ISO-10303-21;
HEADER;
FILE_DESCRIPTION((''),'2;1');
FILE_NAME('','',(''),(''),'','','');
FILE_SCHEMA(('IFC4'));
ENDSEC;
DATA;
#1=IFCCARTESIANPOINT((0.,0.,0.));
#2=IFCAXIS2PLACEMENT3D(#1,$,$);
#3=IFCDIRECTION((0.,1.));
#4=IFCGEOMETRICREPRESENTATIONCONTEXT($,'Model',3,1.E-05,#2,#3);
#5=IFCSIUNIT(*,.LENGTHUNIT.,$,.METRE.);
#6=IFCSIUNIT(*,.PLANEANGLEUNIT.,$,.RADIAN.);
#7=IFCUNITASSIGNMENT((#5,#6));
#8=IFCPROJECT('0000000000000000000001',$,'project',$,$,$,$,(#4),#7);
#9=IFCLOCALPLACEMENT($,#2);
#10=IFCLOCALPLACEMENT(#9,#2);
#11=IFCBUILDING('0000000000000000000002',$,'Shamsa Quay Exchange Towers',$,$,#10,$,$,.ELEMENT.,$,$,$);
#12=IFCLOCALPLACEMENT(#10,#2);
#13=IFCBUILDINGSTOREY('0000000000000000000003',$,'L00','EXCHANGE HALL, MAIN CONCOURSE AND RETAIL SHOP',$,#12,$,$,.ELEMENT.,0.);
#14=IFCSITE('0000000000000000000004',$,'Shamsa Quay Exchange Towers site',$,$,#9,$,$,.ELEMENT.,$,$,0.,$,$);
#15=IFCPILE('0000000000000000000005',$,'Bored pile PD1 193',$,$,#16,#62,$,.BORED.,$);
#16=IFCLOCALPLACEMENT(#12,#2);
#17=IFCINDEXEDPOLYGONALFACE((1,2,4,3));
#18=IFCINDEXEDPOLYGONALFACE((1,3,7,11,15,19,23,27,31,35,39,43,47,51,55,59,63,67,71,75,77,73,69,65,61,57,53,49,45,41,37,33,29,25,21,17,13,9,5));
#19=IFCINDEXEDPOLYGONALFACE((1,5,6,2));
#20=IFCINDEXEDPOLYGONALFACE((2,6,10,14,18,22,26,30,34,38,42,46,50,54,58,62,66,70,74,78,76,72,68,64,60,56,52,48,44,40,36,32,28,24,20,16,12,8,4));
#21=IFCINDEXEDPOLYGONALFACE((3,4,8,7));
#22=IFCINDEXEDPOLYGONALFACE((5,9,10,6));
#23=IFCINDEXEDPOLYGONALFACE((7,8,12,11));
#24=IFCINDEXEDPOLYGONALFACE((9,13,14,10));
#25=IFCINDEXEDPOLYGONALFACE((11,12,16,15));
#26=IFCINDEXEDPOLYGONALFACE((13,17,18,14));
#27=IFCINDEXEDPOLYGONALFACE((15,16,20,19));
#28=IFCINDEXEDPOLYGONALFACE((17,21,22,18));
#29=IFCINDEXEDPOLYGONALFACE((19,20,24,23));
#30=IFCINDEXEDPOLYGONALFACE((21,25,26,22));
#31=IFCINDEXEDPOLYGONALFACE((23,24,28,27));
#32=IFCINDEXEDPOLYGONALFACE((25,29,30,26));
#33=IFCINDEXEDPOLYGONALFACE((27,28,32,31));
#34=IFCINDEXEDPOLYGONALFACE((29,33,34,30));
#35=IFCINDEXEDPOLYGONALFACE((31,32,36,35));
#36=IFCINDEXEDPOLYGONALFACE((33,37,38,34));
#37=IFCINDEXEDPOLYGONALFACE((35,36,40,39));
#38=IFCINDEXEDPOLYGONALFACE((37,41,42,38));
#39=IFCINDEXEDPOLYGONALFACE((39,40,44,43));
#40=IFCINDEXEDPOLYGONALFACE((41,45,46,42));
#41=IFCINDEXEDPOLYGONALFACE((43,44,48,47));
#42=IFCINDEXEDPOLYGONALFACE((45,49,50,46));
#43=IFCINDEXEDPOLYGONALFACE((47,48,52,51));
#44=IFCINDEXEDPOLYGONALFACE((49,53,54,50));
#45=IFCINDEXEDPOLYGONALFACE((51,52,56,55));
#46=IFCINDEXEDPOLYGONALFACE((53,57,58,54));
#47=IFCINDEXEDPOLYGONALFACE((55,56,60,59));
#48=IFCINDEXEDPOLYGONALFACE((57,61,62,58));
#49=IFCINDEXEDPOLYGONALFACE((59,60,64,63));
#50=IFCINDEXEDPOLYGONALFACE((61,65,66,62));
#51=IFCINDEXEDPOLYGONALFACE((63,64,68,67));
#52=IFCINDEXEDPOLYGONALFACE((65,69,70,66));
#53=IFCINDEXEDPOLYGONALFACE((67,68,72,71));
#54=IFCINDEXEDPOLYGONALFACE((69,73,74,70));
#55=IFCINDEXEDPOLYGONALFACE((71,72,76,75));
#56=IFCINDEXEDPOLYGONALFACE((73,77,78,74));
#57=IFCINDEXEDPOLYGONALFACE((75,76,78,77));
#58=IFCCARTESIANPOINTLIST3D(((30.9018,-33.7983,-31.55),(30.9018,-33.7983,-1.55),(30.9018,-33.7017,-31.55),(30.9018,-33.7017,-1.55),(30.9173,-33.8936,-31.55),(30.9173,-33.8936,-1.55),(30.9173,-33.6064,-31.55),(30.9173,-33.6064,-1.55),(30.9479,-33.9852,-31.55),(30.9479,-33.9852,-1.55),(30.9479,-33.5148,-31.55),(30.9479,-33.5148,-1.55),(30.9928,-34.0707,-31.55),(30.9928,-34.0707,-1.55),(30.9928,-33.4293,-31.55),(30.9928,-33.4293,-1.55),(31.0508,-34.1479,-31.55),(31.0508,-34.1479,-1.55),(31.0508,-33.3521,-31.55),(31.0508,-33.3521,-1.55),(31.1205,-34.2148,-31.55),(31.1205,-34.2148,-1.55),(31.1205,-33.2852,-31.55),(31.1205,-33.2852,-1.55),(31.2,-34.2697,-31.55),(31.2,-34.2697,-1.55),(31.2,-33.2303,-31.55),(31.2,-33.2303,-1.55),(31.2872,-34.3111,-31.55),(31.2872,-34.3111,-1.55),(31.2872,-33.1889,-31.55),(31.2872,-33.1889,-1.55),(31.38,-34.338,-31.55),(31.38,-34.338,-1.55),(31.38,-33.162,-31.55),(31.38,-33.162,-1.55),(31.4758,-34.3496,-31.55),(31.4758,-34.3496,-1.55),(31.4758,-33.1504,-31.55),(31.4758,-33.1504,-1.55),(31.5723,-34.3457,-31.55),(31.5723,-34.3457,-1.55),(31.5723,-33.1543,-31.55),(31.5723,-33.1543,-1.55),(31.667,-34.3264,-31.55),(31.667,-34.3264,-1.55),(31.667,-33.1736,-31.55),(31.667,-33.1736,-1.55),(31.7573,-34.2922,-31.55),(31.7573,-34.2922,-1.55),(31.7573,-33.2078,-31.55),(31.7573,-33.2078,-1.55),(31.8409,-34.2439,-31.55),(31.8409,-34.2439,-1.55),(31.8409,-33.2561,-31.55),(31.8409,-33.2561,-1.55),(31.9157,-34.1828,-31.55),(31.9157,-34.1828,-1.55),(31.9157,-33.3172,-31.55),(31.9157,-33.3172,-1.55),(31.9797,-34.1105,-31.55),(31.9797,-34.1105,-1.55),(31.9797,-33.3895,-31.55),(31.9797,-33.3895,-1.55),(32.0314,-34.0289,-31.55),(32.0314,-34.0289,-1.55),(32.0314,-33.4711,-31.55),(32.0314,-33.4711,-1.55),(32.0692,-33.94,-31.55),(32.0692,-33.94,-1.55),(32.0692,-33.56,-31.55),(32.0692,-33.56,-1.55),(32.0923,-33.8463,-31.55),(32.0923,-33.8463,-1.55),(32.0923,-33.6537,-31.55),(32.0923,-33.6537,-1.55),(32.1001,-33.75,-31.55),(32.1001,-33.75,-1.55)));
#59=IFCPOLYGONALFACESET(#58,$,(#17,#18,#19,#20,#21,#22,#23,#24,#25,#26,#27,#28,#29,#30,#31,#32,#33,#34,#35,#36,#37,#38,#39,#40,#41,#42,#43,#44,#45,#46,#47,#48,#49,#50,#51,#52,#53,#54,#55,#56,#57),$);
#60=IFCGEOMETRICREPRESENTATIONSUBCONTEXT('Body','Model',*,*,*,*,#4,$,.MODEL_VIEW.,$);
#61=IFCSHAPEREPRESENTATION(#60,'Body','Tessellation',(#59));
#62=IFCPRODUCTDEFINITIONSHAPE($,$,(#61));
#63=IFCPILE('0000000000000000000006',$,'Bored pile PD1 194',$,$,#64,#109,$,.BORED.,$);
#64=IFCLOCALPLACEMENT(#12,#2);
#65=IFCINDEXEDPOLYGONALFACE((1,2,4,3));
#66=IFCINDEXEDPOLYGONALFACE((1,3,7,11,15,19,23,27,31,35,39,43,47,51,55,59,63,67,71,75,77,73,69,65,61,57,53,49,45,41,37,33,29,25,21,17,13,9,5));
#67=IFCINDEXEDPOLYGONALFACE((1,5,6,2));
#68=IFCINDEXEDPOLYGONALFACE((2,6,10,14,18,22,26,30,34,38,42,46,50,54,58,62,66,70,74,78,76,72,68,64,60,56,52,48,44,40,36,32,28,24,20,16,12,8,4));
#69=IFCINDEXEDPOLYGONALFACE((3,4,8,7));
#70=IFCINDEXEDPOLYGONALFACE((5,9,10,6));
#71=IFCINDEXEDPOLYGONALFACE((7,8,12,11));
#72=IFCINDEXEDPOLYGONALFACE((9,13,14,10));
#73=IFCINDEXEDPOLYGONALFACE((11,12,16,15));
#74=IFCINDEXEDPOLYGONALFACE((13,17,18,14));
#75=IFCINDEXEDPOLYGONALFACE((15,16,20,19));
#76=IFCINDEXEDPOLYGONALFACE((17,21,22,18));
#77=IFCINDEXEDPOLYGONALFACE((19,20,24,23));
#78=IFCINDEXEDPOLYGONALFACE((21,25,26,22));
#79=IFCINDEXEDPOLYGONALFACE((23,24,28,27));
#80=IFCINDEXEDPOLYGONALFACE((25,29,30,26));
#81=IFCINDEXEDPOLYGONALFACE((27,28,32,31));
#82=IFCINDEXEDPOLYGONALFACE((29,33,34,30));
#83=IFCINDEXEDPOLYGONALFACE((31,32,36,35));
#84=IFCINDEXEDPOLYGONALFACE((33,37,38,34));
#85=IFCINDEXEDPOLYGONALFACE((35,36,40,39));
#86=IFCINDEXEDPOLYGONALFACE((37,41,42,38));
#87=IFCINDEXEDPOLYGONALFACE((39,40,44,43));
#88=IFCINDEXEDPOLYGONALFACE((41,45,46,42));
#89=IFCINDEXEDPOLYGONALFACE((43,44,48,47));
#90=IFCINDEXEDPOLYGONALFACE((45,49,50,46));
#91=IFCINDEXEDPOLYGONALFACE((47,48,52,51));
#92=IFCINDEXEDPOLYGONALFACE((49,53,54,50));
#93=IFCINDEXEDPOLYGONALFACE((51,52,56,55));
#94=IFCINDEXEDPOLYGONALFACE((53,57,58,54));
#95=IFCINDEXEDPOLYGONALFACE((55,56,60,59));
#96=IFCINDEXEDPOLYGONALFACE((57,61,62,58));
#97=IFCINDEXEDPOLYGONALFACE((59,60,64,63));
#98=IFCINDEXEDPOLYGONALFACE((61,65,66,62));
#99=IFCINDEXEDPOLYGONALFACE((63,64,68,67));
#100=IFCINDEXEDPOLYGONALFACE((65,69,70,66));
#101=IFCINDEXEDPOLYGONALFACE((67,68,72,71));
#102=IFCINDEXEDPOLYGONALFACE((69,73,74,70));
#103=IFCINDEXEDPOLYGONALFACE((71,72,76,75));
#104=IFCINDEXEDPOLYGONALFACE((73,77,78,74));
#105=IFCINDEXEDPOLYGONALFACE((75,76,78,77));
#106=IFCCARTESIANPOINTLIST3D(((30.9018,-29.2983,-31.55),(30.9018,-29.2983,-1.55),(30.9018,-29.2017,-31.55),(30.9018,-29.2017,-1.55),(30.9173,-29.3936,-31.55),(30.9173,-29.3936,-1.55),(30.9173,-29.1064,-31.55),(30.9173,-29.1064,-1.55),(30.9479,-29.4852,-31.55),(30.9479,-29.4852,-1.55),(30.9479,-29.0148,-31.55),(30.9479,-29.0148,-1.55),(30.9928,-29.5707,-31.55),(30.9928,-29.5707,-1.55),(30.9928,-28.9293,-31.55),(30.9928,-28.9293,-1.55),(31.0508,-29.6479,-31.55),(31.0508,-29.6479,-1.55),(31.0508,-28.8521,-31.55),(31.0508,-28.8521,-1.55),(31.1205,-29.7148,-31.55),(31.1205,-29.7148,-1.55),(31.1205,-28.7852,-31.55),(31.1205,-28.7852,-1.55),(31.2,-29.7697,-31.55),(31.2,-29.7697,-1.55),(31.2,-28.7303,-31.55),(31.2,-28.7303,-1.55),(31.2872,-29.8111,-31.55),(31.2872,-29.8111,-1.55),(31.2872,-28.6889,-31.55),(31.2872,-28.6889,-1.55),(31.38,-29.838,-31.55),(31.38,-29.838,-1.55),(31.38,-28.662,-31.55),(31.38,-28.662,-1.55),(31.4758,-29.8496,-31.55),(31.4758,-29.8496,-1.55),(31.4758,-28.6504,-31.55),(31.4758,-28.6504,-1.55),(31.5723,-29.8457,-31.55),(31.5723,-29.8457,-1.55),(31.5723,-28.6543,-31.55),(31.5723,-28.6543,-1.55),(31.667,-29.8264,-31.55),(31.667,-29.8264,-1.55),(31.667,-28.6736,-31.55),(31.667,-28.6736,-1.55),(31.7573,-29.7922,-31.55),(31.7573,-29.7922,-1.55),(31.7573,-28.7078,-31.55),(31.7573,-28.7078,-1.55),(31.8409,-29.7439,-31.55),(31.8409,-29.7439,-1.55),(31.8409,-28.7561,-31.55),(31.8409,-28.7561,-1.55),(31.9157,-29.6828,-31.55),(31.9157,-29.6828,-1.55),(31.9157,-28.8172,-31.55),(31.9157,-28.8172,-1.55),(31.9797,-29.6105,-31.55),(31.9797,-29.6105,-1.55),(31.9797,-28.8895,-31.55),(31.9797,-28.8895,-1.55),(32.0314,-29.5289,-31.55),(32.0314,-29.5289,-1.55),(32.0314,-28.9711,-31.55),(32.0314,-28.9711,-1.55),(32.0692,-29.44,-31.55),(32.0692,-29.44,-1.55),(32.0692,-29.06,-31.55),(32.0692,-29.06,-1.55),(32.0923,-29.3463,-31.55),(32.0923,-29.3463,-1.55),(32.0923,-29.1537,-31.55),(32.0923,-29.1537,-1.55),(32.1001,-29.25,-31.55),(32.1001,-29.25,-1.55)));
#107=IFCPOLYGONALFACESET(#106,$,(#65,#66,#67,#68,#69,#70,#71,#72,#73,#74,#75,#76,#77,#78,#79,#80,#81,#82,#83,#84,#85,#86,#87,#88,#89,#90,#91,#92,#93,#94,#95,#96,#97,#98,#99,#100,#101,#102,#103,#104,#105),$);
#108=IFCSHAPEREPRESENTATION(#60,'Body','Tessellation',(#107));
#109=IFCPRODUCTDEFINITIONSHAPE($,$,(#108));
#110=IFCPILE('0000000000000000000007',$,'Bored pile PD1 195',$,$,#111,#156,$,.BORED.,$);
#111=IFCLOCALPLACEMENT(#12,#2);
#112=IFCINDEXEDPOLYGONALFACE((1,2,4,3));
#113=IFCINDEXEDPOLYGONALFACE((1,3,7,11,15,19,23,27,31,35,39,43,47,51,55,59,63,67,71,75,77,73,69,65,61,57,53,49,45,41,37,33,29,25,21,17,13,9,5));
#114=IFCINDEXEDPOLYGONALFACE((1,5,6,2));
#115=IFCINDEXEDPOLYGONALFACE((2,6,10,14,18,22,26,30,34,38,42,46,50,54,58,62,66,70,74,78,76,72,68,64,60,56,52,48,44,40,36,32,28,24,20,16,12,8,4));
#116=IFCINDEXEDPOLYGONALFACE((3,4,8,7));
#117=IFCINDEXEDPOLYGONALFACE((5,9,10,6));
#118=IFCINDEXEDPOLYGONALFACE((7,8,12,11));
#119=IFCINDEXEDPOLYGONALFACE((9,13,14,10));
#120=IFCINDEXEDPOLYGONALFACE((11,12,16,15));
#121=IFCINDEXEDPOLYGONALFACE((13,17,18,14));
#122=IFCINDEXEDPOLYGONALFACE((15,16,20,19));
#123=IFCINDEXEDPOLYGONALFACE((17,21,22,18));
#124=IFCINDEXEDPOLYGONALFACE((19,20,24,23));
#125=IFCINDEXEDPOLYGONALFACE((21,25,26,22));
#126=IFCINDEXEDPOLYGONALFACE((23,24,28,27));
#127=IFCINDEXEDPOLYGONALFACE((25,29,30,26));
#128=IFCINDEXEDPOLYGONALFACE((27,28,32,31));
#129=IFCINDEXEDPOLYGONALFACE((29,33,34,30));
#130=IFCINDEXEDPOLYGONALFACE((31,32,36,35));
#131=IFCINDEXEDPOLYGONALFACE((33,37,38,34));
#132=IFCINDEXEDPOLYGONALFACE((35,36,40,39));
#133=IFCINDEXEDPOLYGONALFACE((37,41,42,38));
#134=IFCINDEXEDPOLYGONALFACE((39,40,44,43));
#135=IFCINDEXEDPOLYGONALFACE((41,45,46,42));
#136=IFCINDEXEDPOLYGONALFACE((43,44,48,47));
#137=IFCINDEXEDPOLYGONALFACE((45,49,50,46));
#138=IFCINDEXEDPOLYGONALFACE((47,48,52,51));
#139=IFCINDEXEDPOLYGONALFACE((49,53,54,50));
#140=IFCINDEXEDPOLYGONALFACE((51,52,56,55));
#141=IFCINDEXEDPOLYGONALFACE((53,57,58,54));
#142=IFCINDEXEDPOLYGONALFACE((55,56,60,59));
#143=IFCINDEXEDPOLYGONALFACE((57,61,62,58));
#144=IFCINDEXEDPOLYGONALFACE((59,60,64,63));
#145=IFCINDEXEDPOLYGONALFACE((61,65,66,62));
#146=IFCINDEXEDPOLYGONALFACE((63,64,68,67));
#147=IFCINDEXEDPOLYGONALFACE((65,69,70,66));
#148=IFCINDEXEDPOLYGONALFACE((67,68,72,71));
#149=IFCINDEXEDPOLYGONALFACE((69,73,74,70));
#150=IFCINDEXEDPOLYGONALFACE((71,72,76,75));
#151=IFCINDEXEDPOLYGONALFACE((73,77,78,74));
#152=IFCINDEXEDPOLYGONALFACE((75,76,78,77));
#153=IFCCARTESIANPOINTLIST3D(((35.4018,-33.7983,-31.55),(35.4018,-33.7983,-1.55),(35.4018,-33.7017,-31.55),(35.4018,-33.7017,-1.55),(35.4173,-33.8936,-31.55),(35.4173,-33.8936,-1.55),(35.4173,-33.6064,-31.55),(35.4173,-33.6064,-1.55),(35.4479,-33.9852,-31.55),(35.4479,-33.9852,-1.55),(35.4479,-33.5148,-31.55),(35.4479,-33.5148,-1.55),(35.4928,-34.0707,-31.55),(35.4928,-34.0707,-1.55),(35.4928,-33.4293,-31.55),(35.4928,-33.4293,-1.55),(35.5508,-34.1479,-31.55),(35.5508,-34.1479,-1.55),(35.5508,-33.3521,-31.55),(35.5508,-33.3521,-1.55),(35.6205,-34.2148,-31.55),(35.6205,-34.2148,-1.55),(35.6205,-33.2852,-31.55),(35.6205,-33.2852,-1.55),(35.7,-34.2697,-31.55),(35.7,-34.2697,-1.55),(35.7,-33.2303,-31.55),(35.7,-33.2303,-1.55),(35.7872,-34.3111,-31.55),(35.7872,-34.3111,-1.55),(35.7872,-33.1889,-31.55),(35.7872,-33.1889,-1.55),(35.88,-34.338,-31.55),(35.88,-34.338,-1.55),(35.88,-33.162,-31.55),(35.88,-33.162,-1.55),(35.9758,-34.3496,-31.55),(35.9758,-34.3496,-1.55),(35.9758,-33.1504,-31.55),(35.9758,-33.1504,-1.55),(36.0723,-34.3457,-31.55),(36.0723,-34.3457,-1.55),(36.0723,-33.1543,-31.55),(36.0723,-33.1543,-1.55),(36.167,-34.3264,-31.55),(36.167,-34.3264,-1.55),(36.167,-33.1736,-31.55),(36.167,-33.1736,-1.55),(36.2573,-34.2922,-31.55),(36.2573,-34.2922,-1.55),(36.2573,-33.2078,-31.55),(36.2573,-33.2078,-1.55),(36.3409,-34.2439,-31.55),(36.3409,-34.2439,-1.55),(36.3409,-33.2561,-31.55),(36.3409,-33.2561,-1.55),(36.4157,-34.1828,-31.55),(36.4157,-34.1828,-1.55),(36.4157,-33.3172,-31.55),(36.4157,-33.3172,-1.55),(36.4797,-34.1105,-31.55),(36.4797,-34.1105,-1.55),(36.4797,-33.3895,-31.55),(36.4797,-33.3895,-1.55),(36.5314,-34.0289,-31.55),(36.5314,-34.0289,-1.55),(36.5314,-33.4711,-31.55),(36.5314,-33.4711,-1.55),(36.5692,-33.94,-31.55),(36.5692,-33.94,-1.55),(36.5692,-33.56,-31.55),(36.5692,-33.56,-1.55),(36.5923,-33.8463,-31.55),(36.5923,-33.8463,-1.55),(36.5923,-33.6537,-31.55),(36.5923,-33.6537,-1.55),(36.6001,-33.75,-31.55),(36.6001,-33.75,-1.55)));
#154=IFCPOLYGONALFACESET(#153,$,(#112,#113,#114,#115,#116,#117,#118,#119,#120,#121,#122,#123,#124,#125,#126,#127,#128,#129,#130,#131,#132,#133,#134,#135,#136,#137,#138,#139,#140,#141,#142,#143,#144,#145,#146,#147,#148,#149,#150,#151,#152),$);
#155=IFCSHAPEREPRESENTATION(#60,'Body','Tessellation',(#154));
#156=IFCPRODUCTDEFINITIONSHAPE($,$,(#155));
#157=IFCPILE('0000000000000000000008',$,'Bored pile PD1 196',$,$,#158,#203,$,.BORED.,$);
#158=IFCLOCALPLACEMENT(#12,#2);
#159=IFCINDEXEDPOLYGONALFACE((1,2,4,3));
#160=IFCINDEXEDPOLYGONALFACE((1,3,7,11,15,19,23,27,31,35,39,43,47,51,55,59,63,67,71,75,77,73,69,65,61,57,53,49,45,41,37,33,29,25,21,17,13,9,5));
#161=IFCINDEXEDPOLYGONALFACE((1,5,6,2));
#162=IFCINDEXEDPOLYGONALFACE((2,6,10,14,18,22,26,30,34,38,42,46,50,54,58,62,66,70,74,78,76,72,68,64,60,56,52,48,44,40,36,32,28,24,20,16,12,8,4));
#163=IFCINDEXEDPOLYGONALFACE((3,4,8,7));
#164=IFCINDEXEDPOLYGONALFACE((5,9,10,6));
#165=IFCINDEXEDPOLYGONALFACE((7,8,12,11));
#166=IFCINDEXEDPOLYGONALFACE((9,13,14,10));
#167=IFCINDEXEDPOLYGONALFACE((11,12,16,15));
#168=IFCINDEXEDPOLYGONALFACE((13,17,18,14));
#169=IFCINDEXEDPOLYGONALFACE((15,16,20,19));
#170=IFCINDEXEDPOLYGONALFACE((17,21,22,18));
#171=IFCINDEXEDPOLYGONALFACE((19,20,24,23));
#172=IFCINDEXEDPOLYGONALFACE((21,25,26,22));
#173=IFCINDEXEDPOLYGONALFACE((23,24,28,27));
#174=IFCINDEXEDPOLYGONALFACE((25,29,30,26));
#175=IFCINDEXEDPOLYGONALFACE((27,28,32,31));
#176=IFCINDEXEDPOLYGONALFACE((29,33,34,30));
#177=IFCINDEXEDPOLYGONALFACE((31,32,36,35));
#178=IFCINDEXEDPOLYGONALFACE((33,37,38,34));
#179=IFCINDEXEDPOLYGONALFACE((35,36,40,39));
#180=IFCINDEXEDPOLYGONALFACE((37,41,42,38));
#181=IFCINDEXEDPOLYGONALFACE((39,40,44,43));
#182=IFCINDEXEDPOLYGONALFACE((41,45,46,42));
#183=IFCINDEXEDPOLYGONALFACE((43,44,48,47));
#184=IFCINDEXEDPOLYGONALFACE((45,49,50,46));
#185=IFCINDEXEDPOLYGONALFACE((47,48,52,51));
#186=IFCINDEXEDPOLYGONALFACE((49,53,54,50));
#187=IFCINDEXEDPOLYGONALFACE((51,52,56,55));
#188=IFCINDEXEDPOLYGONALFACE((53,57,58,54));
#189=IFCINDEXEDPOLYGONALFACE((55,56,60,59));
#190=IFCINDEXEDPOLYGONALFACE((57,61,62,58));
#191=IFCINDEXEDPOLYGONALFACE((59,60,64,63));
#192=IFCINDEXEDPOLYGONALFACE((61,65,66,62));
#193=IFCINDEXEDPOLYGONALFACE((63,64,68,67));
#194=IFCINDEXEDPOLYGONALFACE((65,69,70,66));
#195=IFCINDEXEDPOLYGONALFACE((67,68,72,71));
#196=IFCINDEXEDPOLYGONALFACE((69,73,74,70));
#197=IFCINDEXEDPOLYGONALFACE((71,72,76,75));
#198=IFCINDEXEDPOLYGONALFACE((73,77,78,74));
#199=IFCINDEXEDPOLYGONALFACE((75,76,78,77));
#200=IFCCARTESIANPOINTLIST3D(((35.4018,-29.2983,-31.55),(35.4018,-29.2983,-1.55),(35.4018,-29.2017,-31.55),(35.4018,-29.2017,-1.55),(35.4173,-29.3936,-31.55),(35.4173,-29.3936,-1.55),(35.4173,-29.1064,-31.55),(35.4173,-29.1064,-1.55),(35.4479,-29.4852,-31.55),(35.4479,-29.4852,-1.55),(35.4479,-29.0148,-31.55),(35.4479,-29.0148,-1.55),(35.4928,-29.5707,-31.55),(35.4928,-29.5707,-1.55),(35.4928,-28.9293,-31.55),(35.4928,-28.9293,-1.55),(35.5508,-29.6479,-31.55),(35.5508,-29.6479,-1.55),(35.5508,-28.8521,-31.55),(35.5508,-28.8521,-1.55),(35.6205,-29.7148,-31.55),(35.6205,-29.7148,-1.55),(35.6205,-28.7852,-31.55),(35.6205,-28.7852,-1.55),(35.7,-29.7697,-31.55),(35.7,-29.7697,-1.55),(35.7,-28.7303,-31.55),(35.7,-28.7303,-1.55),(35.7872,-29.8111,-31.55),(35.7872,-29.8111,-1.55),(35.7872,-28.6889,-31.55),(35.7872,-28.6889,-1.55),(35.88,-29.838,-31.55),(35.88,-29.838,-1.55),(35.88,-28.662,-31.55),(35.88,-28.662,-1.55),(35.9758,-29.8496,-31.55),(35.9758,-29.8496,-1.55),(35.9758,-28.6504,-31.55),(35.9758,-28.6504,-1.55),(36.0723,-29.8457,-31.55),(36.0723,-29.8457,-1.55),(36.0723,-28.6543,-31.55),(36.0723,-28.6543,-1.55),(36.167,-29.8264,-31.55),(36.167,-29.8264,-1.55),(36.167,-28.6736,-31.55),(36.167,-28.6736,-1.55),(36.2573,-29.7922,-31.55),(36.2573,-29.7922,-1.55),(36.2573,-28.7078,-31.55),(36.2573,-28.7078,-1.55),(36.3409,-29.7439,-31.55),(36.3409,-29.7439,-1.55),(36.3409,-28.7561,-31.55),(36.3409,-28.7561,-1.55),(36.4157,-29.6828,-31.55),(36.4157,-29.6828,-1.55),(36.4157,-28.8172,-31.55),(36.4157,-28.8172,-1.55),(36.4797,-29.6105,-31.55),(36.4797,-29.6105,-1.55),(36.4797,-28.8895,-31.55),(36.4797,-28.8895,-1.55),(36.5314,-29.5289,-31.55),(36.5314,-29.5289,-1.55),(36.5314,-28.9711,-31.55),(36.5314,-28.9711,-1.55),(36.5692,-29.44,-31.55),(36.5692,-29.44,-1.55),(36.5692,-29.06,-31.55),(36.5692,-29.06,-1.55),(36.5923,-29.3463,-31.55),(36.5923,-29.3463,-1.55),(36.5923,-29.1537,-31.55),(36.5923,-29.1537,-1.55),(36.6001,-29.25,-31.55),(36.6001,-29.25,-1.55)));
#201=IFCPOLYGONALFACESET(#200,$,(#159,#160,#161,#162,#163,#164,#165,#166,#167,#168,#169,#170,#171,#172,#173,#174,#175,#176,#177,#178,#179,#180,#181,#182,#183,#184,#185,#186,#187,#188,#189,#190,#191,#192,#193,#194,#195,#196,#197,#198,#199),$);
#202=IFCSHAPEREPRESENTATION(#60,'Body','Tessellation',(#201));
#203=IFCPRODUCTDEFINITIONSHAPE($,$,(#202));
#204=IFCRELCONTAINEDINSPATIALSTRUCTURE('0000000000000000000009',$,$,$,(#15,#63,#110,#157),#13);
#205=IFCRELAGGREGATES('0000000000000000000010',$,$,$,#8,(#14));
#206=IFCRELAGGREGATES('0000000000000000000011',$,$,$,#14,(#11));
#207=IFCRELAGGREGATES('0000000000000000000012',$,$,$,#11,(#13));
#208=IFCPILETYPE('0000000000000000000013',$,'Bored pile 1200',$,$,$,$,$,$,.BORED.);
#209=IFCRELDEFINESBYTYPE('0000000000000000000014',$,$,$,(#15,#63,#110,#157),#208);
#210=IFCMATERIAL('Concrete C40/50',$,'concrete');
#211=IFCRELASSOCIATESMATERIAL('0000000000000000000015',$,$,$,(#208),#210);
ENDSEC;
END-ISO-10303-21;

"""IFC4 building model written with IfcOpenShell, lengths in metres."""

from ifc_helpers import new_model, si_unit, direction, frame, origin, origin_2d, place, context, subcontext, project, spatial, circle, extrude, material, material_profile, profile_set, type_object, element, save


model = new_model("IFC4")

# Units and contexts
model_context = context("Model", 3, precision=1e-05, world=origin(), true_north=direction((0.0, 1.0)))
body_context = subcontext(model_context, "Body", "Model", "MODEL_VIEW")
ifc_project = project(units=[si_unit("LENGTHUNIT", "METRE"), si_unit("PLANEANGLEUNIT", "RADIAN")], contexts=[model_context])

# Site, building, storey
site_placement = place(None, origin())
site = spatial("IfcSite", under=ifc_project, at=site_placement, Name="Shamsa Quay Exchange Towers site", CompositionType="ELEMENT", RefElevation=0.0)
building_placement = place(site_placement, origin())
building = spatial("IfcBuilding", under=site, at=building_placement, Name="Shamsa Quay Exchange Towers", CompositionType="ELEMENT")
storey_placement = place(building_placement, origin())
storey = spatial("IfcBuildingStorey", under=building, at=storey_placement, Name="L00", Description="EXCHANGE HALL, MAIN CONCOURSE AND RETAIL SHOP", CompositionType="ELEMENT", Elevation=0.0)

# Piles
ifc_material_1 = material(Name="Concrete C40/50", Category="concrete")
ifc_material_profile_1 = material_profile(ifc_material_1, circle(Radius=0.6001, at=origin_2d()), Name="BP1200")
ifc_profile_set_1 = profile_set([ifc_material_profile_1], Name="Concrete C40/50")
pile_type_1 = type_object("IfcPileType", Name="Bored pile 1200", PredefinedType="BORED", material=ifc_profile_set_1)
for number, where, z_axis, x_axis, name in (
    (1, (31.5, -33.75, -1.55), (0.0, 0.0, -1.0), (1.0, 0.0, 0.0), "Bored pile PD1 193"),
    (2, (31.5, -29.25, -1.55), (0.0, 0.0, -1.0), (1.0, 0.0, 0.0), "Bored pile PD1 194"),
    (3, (36.0, -33.75, -1.55), (0.0, 0.0, -1.0), (1.0, 0.0, 0.0), "Bored pile PD1 195"),
    (4, (36.0, -29.25, -1.55), (0.0, 0.0, -1.0), (1.0, 0.0, 0.0), "Bored pile PD1 196"),
):
    element("IfcPile", number, at=place(storey_placement, frame(where, z_axis=z_axis, x_axis=x_axis)), inside=storey, type_object=pile_type_1, Name=name, PredefinedType="BORED", context=body_context, shape_type="SweptSolid", body=[
        extrude(circle(Radius=0.6001, at=origin_2d()), origin(), (0.0, 0.0, 1.0), 30.0),
    ])

save(model, "model.ifc")
